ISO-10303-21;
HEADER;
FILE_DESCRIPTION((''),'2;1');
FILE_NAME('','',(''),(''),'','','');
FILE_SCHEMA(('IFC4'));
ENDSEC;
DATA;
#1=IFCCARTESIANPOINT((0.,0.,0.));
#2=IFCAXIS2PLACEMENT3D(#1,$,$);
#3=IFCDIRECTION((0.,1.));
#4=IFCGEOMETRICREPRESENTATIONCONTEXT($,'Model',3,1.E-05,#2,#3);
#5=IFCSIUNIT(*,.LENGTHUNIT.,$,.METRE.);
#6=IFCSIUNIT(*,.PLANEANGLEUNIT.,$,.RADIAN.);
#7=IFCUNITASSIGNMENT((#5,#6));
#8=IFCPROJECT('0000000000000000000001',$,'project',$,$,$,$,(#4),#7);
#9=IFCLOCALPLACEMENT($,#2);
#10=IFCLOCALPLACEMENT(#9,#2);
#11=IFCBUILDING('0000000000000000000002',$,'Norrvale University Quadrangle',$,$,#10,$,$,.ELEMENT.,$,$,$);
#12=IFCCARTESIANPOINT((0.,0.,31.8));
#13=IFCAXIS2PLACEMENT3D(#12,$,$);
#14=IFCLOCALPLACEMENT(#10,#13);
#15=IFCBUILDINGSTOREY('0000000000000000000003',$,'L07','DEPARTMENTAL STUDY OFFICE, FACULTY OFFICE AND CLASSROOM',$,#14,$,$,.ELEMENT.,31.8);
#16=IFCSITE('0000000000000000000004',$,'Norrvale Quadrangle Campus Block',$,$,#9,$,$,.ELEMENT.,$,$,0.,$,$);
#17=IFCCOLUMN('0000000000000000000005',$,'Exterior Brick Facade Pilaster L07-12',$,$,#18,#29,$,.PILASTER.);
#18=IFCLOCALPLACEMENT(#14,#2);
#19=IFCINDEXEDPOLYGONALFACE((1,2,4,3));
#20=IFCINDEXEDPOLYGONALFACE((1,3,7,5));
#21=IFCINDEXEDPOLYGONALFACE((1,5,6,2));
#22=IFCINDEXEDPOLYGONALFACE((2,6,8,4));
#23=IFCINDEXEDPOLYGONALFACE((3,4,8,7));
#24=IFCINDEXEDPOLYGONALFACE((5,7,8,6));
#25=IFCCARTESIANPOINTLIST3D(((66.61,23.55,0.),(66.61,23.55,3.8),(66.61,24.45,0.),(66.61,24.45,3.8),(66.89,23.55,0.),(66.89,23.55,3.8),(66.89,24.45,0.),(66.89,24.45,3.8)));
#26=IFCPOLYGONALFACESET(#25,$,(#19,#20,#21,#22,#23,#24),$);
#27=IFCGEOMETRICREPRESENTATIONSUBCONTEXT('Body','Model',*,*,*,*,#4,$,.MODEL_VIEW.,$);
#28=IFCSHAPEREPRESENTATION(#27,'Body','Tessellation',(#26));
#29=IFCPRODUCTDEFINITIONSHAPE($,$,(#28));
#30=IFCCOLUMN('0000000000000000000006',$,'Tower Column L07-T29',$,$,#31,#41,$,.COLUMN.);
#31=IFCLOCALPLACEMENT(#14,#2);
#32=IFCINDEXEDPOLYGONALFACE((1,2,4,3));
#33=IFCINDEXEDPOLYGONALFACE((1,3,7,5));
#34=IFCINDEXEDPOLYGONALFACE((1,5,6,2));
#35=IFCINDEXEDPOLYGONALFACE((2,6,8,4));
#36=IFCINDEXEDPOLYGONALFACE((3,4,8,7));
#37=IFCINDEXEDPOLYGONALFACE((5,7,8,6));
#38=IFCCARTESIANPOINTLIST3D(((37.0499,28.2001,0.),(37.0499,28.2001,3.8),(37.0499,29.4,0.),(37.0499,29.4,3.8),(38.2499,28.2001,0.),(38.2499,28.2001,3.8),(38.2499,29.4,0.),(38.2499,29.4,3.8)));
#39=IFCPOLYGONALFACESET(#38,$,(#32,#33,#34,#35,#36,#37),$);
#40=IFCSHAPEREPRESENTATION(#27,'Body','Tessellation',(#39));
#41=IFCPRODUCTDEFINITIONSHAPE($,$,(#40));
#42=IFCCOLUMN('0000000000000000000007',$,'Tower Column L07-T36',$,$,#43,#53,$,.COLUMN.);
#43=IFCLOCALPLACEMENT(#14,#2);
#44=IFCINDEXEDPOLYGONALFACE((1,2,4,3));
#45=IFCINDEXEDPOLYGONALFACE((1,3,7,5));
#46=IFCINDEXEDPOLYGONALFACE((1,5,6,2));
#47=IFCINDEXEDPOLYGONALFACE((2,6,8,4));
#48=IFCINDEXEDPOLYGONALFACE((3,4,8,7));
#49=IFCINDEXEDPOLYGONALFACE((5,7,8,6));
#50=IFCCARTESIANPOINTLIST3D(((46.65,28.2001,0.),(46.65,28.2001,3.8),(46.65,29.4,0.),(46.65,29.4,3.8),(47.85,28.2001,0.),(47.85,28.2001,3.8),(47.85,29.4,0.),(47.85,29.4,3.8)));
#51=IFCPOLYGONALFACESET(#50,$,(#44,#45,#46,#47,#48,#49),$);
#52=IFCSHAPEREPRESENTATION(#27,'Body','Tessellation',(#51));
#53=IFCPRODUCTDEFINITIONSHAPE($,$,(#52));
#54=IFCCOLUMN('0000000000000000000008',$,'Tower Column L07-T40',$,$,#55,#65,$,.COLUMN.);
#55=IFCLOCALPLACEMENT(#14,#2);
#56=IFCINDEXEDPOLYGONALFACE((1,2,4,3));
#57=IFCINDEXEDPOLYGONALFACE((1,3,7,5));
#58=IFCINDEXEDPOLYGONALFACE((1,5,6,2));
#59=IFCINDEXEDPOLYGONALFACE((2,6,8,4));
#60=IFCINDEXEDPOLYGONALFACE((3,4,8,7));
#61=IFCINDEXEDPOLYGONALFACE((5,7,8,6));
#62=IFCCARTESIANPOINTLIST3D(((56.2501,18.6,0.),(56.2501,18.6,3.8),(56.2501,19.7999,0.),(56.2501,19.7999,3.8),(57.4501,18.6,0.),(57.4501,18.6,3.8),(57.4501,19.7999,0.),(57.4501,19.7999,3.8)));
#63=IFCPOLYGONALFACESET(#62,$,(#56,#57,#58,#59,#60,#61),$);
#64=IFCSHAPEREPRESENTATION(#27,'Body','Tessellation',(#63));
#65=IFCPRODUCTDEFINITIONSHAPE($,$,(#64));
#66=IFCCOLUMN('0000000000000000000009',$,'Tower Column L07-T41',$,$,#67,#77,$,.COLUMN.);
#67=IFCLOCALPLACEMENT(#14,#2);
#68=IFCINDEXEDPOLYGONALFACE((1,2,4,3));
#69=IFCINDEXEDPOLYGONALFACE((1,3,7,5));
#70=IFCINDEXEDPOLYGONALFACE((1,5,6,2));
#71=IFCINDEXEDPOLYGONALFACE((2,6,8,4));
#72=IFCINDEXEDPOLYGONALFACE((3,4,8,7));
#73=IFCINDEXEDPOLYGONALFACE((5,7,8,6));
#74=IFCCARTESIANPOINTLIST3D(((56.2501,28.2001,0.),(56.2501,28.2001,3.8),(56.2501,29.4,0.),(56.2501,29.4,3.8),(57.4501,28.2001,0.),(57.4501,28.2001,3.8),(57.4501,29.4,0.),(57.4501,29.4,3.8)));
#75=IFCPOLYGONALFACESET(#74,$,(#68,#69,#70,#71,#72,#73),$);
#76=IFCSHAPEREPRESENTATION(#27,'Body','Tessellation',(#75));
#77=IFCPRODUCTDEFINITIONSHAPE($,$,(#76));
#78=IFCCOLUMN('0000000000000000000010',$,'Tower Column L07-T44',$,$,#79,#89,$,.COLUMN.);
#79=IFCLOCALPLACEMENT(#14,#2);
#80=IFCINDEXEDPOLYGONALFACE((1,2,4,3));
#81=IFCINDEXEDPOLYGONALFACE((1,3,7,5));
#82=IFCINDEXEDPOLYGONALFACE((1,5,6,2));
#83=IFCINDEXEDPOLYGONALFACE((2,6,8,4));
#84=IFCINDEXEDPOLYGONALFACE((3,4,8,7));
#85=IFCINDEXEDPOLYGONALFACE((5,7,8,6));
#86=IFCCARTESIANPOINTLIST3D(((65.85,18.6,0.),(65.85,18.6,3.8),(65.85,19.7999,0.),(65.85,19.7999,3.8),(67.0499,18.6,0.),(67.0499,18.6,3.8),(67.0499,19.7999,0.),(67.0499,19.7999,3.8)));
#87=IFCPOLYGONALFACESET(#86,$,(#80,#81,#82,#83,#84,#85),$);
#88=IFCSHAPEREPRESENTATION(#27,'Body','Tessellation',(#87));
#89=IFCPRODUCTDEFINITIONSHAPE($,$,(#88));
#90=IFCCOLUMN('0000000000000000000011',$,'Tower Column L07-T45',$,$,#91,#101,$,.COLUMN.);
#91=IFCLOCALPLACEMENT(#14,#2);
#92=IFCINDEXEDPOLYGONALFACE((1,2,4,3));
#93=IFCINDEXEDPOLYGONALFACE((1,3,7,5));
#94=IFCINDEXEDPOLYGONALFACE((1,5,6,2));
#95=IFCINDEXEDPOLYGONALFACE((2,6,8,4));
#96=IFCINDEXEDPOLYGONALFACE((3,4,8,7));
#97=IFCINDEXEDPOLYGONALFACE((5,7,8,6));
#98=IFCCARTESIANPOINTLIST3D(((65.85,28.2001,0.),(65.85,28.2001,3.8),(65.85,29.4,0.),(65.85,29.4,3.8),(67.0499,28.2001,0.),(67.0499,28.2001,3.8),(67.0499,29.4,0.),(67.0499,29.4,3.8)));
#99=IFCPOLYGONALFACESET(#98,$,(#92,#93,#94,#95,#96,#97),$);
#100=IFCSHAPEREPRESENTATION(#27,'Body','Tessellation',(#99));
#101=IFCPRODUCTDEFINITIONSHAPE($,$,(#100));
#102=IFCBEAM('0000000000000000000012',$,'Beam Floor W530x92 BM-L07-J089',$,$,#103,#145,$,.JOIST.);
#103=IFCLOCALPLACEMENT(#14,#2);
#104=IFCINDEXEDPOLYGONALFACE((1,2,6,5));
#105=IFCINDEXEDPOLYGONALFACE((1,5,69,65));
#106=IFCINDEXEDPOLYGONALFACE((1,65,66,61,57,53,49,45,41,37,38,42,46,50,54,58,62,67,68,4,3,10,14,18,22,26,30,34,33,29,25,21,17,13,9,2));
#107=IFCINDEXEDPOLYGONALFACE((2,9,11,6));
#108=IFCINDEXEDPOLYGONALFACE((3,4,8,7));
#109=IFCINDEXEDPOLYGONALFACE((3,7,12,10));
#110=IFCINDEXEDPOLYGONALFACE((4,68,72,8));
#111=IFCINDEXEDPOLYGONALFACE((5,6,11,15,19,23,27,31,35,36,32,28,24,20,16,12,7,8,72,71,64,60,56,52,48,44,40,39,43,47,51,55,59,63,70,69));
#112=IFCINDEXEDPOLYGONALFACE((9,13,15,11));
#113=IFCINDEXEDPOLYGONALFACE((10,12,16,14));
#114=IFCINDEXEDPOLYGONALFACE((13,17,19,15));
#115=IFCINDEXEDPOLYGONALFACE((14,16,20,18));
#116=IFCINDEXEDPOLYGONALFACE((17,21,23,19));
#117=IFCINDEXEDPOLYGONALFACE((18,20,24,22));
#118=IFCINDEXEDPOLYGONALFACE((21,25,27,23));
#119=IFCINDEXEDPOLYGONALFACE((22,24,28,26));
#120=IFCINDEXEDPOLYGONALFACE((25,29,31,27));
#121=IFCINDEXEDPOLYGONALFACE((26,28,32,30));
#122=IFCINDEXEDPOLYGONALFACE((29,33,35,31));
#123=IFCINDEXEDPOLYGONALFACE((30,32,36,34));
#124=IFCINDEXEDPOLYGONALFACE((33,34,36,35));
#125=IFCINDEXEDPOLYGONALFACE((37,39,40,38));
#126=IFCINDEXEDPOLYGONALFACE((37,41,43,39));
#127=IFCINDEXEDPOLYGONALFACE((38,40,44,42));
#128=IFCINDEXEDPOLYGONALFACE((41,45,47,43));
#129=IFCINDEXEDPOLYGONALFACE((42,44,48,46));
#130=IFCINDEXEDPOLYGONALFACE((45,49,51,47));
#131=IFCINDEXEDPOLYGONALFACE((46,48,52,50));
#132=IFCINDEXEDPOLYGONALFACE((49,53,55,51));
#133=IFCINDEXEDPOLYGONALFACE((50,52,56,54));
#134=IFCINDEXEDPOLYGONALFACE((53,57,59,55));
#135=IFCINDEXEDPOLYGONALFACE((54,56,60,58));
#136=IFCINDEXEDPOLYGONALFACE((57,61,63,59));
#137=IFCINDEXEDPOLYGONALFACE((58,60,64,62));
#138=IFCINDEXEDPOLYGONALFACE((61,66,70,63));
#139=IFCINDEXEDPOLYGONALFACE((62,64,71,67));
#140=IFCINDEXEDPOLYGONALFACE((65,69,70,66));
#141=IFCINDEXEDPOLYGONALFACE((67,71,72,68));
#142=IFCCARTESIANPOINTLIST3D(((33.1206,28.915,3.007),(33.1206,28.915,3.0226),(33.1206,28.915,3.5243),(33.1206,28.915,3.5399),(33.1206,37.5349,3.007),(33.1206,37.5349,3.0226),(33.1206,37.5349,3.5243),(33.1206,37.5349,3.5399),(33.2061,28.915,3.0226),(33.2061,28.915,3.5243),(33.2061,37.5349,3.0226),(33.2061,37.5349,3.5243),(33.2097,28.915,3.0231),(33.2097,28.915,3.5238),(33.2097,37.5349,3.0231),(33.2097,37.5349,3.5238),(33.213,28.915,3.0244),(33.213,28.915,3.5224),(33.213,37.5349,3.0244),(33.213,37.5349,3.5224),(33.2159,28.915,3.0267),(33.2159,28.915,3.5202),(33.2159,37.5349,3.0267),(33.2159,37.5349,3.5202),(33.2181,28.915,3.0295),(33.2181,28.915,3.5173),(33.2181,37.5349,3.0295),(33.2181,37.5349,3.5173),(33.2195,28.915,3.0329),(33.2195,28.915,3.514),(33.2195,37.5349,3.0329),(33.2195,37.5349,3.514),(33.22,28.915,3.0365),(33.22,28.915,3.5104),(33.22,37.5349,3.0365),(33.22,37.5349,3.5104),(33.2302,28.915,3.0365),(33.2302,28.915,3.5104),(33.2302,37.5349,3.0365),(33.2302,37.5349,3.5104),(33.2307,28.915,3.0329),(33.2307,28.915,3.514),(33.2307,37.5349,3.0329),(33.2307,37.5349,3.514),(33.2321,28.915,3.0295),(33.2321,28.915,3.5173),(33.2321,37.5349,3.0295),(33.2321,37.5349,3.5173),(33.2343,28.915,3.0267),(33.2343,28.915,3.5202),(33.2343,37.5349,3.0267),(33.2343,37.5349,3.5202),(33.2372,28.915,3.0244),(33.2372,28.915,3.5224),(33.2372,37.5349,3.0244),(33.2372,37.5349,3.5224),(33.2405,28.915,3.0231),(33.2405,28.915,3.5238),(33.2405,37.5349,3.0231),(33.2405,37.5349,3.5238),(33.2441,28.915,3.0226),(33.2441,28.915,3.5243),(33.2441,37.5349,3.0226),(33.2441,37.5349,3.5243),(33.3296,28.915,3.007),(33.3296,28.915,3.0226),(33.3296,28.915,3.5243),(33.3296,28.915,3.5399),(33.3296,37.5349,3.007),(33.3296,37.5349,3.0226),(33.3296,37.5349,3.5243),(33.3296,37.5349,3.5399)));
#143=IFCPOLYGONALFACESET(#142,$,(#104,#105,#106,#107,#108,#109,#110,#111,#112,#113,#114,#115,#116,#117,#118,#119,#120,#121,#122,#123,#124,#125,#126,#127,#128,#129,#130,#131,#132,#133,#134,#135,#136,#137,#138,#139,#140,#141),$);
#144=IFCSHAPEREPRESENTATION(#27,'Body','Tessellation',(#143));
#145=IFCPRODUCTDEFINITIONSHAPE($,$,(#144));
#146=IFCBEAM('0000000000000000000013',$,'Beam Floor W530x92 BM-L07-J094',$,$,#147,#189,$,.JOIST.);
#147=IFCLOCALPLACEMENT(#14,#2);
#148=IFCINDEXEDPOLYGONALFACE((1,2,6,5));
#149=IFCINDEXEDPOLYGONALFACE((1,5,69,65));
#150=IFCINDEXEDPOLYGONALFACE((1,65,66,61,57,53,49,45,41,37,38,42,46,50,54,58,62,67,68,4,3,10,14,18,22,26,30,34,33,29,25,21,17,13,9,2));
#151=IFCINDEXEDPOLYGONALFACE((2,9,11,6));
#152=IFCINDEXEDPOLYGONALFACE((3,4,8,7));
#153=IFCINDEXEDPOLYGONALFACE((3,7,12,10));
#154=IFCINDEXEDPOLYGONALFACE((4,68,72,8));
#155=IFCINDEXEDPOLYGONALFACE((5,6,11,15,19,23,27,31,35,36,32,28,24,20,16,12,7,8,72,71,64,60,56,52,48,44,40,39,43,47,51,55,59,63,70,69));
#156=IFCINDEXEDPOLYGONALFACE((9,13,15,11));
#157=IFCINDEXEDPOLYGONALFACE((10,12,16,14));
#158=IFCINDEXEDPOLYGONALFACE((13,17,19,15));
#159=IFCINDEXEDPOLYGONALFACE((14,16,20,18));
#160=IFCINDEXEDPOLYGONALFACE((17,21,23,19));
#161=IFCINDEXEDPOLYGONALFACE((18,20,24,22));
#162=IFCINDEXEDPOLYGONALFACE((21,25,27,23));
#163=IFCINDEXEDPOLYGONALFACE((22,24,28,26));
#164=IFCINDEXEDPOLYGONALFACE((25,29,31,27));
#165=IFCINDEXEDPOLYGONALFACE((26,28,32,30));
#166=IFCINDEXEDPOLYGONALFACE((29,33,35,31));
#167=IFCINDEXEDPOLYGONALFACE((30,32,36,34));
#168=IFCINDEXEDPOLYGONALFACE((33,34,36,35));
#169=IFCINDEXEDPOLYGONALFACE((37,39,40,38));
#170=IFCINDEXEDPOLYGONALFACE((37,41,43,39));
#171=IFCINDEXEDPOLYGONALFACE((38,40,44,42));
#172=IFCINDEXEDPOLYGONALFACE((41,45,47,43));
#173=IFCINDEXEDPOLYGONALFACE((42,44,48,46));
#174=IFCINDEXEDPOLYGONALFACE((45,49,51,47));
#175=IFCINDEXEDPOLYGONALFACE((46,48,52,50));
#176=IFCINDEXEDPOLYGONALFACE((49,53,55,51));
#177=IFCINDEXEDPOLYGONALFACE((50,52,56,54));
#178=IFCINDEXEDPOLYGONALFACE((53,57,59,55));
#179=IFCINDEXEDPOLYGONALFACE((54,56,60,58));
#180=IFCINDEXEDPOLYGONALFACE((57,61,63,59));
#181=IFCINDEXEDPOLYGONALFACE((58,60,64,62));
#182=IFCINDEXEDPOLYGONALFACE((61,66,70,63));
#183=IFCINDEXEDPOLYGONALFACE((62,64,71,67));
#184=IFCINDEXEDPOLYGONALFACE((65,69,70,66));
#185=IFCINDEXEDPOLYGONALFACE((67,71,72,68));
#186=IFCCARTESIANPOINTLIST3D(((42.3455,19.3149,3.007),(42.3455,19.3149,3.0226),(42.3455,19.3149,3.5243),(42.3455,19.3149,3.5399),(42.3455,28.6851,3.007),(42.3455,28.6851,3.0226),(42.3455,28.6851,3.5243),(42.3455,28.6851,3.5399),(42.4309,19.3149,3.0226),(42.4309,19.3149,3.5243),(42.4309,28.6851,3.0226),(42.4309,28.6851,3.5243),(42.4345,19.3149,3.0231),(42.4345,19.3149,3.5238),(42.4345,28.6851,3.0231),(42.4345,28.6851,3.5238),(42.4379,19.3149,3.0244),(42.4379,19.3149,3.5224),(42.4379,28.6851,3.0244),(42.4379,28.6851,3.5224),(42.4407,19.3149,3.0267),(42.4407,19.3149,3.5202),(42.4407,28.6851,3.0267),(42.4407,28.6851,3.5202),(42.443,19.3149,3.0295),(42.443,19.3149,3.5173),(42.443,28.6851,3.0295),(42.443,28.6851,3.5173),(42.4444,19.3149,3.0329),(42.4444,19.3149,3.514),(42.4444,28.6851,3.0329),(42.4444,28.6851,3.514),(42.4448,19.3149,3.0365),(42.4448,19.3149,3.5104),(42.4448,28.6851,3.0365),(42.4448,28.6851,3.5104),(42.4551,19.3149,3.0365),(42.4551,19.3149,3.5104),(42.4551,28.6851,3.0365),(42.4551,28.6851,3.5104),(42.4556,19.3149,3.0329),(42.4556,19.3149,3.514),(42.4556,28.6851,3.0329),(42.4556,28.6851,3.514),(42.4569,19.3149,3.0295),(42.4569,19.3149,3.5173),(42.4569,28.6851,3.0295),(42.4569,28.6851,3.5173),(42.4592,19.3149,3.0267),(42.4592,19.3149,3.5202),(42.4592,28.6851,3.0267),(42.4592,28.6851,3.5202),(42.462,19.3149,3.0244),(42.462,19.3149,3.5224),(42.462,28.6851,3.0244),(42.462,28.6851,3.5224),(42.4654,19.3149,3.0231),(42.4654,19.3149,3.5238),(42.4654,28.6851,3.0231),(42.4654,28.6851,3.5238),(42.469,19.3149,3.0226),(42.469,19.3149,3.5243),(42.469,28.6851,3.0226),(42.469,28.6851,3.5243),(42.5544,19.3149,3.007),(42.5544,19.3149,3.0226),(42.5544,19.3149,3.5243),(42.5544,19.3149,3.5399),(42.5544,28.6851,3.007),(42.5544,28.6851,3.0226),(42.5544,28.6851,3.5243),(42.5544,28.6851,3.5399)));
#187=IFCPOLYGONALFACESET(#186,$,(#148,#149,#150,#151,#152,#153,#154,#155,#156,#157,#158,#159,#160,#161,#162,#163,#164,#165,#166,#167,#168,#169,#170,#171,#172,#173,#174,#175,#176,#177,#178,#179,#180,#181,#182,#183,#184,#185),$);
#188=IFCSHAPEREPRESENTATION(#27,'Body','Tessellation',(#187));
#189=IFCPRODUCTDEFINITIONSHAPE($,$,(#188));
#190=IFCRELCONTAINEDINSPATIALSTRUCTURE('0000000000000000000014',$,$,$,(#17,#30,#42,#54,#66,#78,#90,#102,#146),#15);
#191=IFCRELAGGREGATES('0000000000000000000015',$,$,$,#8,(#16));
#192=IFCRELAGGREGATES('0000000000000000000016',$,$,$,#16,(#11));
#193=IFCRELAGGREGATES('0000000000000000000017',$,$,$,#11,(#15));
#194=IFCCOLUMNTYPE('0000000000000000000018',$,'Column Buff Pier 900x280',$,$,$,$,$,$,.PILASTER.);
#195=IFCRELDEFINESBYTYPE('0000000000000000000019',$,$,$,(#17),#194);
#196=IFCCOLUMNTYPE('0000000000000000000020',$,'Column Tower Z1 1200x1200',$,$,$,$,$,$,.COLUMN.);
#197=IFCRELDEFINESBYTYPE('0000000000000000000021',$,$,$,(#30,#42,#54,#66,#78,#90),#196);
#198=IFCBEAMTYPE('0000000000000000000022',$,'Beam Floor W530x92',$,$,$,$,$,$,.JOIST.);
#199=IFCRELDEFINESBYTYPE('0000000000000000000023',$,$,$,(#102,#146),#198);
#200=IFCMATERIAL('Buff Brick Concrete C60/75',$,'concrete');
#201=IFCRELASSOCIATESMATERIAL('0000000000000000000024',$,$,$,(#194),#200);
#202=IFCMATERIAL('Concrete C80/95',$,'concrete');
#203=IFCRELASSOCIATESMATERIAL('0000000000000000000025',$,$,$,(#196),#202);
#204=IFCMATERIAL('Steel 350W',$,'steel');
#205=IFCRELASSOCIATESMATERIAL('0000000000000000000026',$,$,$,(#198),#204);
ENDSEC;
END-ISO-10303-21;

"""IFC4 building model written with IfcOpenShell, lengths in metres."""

from ifc_helpers import new_model, si_unit, direction, frame, origin, origin_2d, place, context, subcontext, project, spatial, rectangle, i_section, extrude, material, material_profile, profile_set, type_object, element, save


model = new_model("IFC4")

# Units and contexts
model_context = context("Model", 3, precision=1e-05, world=origin(), true_north=direction((0.0, 1.0)))
body_context = subcontext(model_context, "Body", "Model", "MODEL_VIEW")
ifc_project = project(units=[si_unit("LENGTHUNIT", "METRE"), si_unit("PLANEANGLEUNIT", "RADIAN")], contexts=[model_context])

# Site, building, storey
site_placement = place(None, origin())
site = spatial("IfcSite", under=ifc_project, at=site_placement, Name="Norrvale Quadrangle Campus Block", CompositionType="ELEMENT", RefElevation=0.0)
building_placement = place(site_placement, origin())
building = spatial("IfcBuilding", under=site, at=building_placement, Name="Norrvale University Quadrangle", CompositionType="ELEMENT")
storey_placement = place(building_placement, frame((0.0, 0.0, 31.8)))
storey = spatial("IfcBuildingStorey", under=building, at=storey_placement, Name="L07", Description="DEPARTMENTAL STUDY OFFICE, FACULTY OFFICE AND CLASSROOM", CompositionType="ELEMENT", Elevation=31.8)

# Columns
ifc_material_1 = material(Name="Buff Brick Concrete C60/75", Category="concrete")
ifc_material_profile_1 = material_profile(ifc_material_1, rectangle(XDim=0.8999, YDim=0.28, at=origin_2d()), Name="Buff Brick Concrete C60/75")
ifc_profile_set_1 = profile_set([ifc_material_profile_1], Name="Buff Brick Concrete C60/75")
column_type_1 = type_object("IfcColumnType", Name="Column Buff Pier 900x280", PredefinedType="PILASTER", material=ifc_profile_set_1)
column_placement = place(storey_placement, frame((66.75, 24.0, 0.0), z_axis=(0.0, 0.0, 1.0), x_axis=(0.0, 1.0, 0.0)))
element("IfcColumn", 1, at=column_placement, inside=storey, type_object=column_type_1, Name="Exterior Brick Facade Pilaster L07-12", PredefinedType="PILASTER", context=body_context, shape_type="SweptSolid", body=[
    extrude(rectangle(XDim=0.8999, YDim=0.28, at=origin_2d()), origin(), (0.0, 0.0, 1.0), 3.8),
])
ifc_material_2 = material(Name="Concrete C80/95", Category="concrete")
ifc_material_profile_2 = material_profile(ifc_material_2, rectangle(XDim=1.2, YDim=1.2, at=origin_2d()), Name="Concrete C80/95")
ifc_profile_set_2 = profile_set([ifc_material_profile_2], Name="Concrete C80/95")
column_type_2 = type_object("IfcColumnType", Name="Column Tower Z1 1200x1200", PredefinedType="COLUMN", material=ifc_profile_set_2)
for number, where, z_axis, x_axis, name in (
    (2, (37.6499, 28.8, 0.0), (0.0, 0.0, 1.0), (1.0, 0.0, 0.0), "Tower Column L07-T29"),
    (3, (47.25, 28.8, 0.0), (0.0, 0.0, 1.0), (1.0, 0.0, 0.0), "Tower Column L07-T36"),
    (4, (56.8501, 19.2, 0.0), (0.0, 0.0, 1.0), (1.0, 0.0, 0.0), "Tower Column L07-T40"),
    (5, (56.8501, 28.8, 0.0), (0.0, 0.0, 1.0), (1.0, 0.0, 0.0), "Tower Column L07-T41"),
    (6, (66.45, 19.2, 0.0), (0.0, 0.0, 1.0), (1.0, 0.0, 0.0), "Tower Column L07-T44"),
    (7, (66.45, 28.8, 0.0), (0.0, 0.0, 1.0), (1.0, 0.0, 0.0), "Tower Column L07-T45"),
):
    element("IfcColumn", number, at=place(storey_placement, frame(where, z_axis=z_axis, x_axis=x_axis)), inside=storey, type_object=column_type_2, Name=name, PredefinedType="COLUMN", context=body_context, shape_type="SweptSolid", body=[
        extrude(rectangle(XDim=1.2, YDim=1.2, at=origin_2d()), origin(), (0.0, 0.0, 1.0), 3.8),
    ])

# Beams
ifc_material_3 = material(Name="Steel 350W", Category="steel")
ifc_material_profile_3 = material_profile(ifc_material_3, i_section(OverallWidth=0.209, OverallDepth=0.533, WebThickness=0.0103, FlangeThickness=0.0156, FilletRadius=0.0139, at=origin_2d()), Name="Steel 350W")
ifc_profile_set_3 = profile_set([ifc_material_profile_3], Name="Steel 350W")
beam_type_1 = type_object("IfcBeamType", Name="Beam Floor W530x92", PredefinedType="JOIST", material=ifc_profile_set_3)
beam_1_placement = place(storey_placement, frame((33.2251, 28.915, 3.2734), z_axis=(0.0, 1.0, 0.0), x_axis=(-1.0, 0.0, 0.0)))
element("IfcBeam", 8, at=beam_1_placement, inside=storey, type_object=beam_type_1, Name="Beam Floor W530x92 BM-L07-J089", PredefinedType="JOIST", context=body_context, shape_type="SweptSolid", body=[
    extrude(i_section(OverallWidth=0.209, OverallDepth=0.533, WebThickness=0.0103, FlangeThickness=0.0156, FilletRadius=0.0139, at=origin_2d()), origin(), (0.0, 0.0, 1.0), 8.6199),
])
beam_2_placement = place(storey_placement, frame((42.45, 19.3149, 3.2734), z_axis=(0.0, 1.0, 0.0), x_axis=(-1.0, 0.0, 0.0)))
element("IfcBeam", 9, at=beam_2_placement, inside=storey, type_object=beam_type_1, Name="Beam Floor W530x92 BM-L07-J094", PredefinedType="JOIST", context=body_context, shape_type="SweptSolid", body=[
    extrude(i_section(OverallWidth=0.209, OverallDepth=0.533, WebThickness=0.0103, FlangeThickness=0.0156, FilletRadius=0.0139, at=origin_2d()), origin(), (0.0, 0.0, 1.0), 9.3701),
])

save(model, "model.ifc")
